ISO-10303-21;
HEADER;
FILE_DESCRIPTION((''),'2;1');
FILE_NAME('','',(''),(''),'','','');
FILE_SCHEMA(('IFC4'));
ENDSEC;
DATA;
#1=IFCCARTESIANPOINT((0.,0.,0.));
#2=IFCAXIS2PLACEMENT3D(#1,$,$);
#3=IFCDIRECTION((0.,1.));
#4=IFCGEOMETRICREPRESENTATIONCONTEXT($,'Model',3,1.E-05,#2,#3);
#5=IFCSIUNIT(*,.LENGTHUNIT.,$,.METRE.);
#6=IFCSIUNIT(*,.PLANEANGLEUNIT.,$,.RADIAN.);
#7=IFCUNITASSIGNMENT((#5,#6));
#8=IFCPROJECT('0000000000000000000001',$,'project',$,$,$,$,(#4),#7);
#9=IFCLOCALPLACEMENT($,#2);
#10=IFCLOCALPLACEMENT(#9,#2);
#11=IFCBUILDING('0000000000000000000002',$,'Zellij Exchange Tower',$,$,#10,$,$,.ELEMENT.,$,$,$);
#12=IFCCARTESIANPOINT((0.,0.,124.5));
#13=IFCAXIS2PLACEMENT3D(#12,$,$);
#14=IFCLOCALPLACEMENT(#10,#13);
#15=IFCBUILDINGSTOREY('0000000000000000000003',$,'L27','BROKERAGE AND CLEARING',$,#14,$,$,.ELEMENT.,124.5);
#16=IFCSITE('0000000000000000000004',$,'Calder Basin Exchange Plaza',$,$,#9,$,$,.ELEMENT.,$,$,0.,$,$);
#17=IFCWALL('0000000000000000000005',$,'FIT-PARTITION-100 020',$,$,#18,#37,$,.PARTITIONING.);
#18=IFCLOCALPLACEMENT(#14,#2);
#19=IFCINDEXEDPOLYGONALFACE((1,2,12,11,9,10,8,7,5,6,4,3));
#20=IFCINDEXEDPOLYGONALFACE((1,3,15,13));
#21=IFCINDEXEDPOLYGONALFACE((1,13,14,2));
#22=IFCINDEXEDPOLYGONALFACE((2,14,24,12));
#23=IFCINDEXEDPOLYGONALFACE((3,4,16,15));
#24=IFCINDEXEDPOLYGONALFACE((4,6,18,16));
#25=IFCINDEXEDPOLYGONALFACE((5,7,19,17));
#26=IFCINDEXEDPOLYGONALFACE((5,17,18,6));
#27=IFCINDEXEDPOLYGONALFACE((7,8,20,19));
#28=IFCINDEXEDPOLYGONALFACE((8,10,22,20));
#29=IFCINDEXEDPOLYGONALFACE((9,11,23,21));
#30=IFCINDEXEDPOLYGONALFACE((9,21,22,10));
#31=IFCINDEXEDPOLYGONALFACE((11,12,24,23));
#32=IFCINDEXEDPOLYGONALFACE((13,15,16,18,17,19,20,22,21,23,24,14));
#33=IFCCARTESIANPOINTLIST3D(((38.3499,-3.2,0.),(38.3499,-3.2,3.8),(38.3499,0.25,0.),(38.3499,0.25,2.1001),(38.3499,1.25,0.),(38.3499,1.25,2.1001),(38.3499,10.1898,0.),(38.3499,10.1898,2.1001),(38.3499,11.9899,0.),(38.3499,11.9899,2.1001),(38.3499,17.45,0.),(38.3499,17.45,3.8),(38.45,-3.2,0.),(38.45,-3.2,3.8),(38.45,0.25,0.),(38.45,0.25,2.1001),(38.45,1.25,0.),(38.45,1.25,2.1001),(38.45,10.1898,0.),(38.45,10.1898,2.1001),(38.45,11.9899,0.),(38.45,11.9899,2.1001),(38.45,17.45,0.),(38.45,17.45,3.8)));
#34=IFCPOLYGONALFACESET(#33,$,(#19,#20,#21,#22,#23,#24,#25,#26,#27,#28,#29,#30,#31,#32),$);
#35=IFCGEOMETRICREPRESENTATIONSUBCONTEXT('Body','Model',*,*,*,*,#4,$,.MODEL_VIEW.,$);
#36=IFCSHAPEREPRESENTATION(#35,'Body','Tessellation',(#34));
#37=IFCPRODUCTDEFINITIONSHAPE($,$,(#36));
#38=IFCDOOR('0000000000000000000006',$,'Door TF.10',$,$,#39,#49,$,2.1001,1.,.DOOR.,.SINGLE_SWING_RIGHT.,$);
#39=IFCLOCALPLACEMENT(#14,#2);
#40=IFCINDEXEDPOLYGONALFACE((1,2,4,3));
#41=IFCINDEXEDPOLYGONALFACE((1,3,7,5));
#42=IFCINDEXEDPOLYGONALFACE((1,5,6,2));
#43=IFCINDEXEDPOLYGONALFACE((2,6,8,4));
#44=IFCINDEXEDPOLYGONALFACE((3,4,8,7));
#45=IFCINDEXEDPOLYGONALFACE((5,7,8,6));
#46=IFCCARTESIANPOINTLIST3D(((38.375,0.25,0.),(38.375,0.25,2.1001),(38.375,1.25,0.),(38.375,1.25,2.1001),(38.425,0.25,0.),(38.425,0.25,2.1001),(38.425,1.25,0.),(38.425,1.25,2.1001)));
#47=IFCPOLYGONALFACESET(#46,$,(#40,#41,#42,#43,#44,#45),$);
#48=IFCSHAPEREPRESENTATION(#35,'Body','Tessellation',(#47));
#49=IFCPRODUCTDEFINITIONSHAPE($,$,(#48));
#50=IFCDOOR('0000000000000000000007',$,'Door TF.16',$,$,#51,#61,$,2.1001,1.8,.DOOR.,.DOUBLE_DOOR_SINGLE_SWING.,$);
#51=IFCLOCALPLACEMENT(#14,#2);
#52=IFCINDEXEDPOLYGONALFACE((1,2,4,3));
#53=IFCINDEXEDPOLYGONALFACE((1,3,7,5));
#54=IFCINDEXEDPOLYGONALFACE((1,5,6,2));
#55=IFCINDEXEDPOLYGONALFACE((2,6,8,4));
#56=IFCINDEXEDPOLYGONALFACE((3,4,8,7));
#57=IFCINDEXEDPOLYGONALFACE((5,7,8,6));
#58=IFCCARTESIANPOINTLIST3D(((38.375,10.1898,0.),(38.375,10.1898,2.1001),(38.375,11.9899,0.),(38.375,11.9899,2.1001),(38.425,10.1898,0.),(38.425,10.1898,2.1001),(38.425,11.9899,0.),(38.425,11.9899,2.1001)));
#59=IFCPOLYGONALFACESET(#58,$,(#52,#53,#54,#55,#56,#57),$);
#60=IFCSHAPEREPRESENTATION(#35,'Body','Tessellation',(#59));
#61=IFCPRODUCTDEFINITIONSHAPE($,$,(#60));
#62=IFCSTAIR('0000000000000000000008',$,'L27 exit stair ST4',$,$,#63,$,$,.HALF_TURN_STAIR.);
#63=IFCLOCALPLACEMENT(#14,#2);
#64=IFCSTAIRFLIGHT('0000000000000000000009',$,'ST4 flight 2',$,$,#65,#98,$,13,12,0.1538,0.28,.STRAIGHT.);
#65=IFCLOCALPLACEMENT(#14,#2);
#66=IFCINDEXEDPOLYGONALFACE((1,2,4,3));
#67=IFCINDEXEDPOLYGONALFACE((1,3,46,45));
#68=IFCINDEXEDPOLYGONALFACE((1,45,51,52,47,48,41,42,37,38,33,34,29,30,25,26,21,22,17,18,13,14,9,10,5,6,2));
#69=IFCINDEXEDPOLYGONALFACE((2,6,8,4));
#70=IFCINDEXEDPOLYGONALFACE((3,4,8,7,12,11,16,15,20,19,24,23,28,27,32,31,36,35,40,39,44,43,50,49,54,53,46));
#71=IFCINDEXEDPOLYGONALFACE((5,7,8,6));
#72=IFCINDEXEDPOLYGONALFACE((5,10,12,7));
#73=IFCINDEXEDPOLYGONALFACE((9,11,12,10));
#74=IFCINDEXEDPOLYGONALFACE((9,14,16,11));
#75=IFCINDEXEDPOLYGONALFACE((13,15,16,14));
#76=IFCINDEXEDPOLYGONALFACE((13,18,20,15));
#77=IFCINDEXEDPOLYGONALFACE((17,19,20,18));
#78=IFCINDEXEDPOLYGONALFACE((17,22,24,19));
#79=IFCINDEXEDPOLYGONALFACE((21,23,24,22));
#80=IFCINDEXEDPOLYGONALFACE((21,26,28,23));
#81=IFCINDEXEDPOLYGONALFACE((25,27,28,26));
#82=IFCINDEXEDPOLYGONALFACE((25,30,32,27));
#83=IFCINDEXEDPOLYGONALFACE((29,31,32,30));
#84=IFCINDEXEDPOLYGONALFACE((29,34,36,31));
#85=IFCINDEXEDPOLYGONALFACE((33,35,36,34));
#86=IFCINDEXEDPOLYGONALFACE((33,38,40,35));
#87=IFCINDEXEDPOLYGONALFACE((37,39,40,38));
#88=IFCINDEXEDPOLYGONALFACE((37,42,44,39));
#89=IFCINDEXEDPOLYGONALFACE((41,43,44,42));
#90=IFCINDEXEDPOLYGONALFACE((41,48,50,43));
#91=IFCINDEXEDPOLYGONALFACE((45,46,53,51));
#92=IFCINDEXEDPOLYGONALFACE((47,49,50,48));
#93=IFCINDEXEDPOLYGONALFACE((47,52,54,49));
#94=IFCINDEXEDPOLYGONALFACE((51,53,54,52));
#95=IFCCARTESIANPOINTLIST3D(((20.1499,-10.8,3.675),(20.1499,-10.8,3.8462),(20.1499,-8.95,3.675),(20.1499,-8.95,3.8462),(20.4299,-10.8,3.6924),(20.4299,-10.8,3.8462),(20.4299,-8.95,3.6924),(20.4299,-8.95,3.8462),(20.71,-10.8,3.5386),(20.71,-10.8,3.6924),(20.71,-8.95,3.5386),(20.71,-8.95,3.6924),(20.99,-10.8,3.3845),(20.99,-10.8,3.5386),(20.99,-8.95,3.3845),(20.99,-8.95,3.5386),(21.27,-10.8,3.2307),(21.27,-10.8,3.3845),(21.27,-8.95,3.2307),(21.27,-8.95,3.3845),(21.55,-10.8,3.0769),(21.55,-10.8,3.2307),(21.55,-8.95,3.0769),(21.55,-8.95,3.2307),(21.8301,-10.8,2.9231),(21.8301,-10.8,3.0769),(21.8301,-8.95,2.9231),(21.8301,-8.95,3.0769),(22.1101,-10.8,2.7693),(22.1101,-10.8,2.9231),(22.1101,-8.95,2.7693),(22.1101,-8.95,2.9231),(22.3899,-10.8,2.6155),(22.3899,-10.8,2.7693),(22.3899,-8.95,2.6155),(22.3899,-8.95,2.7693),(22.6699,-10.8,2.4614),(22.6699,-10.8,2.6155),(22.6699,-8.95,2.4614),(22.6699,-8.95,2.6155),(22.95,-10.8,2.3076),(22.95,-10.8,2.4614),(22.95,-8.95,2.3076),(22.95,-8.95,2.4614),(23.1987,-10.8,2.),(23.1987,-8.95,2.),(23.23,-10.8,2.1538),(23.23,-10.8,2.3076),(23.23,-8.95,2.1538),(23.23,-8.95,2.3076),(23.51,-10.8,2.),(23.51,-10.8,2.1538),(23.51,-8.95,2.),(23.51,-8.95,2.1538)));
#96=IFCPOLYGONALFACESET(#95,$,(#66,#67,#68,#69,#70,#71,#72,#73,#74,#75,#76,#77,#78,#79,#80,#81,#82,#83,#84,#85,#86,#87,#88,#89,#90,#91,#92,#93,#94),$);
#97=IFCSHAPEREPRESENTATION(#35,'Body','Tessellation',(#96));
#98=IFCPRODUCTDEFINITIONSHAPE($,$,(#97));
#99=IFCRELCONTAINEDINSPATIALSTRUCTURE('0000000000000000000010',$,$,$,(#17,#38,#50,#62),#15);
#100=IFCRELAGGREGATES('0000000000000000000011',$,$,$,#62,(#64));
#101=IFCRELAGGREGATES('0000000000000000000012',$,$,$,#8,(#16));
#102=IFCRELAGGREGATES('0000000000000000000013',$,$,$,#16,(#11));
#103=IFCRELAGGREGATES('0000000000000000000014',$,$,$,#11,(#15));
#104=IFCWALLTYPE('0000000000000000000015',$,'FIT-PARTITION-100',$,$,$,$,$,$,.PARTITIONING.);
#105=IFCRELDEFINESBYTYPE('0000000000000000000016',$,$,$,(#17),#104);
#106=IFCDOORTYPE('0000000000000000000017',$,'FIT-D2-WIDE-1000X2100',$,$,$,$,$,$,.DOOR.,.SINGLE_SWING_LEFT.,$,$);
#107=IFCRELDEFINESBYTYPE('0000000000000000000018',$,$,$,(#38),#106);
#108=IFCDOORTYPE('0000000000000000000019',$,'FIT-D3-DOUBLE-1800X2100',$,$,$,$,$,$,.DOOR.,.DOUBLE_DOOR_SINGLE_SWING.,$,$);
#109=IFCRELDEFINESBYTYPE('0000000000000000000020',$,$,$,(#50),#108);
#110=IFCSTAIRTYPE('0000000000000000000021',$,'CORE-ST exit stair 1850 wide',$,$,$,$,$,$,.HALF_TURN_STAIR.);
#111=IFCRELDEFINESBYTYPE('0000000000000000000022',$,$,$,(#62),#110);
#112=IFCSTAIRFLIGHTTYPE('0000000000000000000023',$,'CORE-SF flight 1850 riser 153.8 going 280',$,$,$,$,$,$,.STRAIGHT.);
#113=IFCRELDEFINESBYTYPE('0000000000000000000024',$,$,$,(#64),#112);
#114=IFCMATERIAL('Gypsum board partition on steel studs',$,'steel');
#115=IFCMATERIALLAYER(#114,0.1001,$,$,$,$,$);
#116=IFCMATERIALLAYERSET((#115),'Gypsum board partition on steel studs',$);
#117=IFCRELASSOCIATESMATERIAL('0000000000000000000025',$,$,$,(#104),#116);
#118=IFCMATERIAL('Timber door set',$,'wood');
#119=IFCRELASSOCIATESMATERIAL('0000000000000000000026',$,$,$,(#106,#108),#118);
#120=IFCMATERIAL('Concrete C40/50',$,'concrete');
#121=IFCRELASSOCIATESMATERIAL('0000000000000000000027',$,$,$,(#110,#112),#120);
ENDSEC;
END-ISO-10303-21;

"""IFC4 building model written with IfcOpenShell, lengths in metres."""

from ifc_helpers import new_model, si_unit, direction, frame, frame_2d, origin, place, context, subcontext, project, spatial, polyline, rectangle, outline, extrude, material, layer, layer_set, type_object, element, fill, aggregate, save


model = new_model("IFC4")

# Units and contexts
model_context = context("Model", 3, precision=1e-05, world=origin(), true_north=direction((0.0, 1.0)))
body_context = subcontext(model_context, "Body", "Model", "MODEL_VIEW")
ifc_project = project(units=[si_unit("LENGTHUNIT", "METRE"), si_unit("PLANEANGLEUNIT", "RADIAN")], contexts=[model_context])

# Site, building, storey
site_placement = place(None, origin())
site = spatial("IfcSite", under=ifc_project, at=site_placement, Name="Calder Basin Exchange Plaza", CompositionType="ELEMENT", RefElevation=0.0)
building_placement = place(site_placement, origin())
building = spatial("IfcBuilding", under=site, at=building_placement, Name="Zellij Exchange Tower", CompositionType="ELEMENT")
storey_placement = place(building_placement, frame((0.0, 0.0, 124.5)))
storey = spatial("IfcBuildingStorey", under=building, at=storey_placement, Name="L27", Description="BROKERAGE AND CLEARING", CompositionType="ELEMENT", Elevation=124.5)

# Shared definitions
ifc_material_1 = material(Name="Gypsum board partition on steel studs", Category="steel")
ifc_layer_1 = layer(ifc_material_1, 0.1001)
ifc_layer_set_1 = layer_set([ifc_layer_1], Name="Gypsum board partition on steel studs")
wall_type_1 = type_object("IfcWallType", Name="FIT-PARTITION-100", PredefinedType="PARTITIONING", material=ifc_layer_set_1)

# Wall, openings, doors
wall_1_placement = place(storey_placement, frame((38.3999, -3.2, 0.0), z_axis=(0.0, 0.0, 1.0), x_axis=(0.0, 1.0, 0.0)))
wall_1 = element("IfcWall", 1, at=wall_1_placement, inside=storey, type_object=wall_type_1, Name="FIT-PARTITION-100 020", PredefinedType="PARTITIONING", context=body_context, shape_type="SweptSolid", body=[
    extrude(rectangle(XDim=20.6499, YDim=0.1001, at=frame_2d((10.325, 0.0))), origin(), (0.0, 0.0, 1.0), 3.8),
])
opening_1_placement = place(wall_1_placement, frame((3.45, 0.0, 0.0)))
opening_1 = element("IfcOpeningElement", 2, at=opening_1_placement, cuts=wall_1, PredefinedType="OPENING", context=body_context, shape_type="SweptSolid", body=[
    extrude(rectangle(XDim=1.0, YDim=2.1001, at=frame_2d((0.5, 1.05))), frame((0.0, 0.062, 0.0), z_axis=(0.0, -1.0, 0.0), x_axis=(1.0, 0.0, 0.0)), (0.0, 0.0, 1.0), 0.124),
])
opening_2_placement = place(wall_1_placement, frame((13.3899, 0.0, 0.0)))
opening_2 = element("IfcOpeningElement", 3, at=opening_2_placement, cuts=wall_1, PredefinedType="OPENING", context=body_context, shape_type="SweptSolid", body=[
    extrude(rectangle(XDim=1.8, YDim=2.1001, at=frame_2d((0.8999, 1.05))), frame((0.0, 0.062, 0.0), z_axis=(0.0, -1.0, 0.0), x_axis=(1.0, 0.0, 0.0)), (0.0, 0.0, 1.0), 0.124),
])
ifc_material_2 = material(Name="Timber door set", Category="wood")
door_type_1 = type_object("IfcDoorType", Name="FIT-D2-WIDE-1000X2100", OperationType="SINGLE_SWING_LEFT", PredefinedType="DOOR", material=ifc_material_2)
door_1_placement = place(opening_1_placement, origin())
door_1 = element("IfcDoor", 4, at=door_1_placement, inside=storey, type_object=door_type_1, Name="Door TF.10", OperationType="SINGLE_SWING_RIGHT", OverallHeight=2.1001, OverallWidth=1.0, PredefinedType="DOOR", context=body_context, shape_type="SweptSolid", body=[
    extrude(rectangle(XDim=1.0, YDim=2.1001, at=frame_2d((0.5, 1.05))), frame((0.0, 0.0249, 0.0), z_axis=(0.0, -1.0, 0.0), x_axis=(1.0, 0.0, 0.0)), (0.0, 0.0, 1.0), 0.05),
])
fill(opening_1, door_1)
door_type_2 = type_object("IfcDoorType", Name="FIT-D3-DOUBLE-1800X2100", OperationType="DOUBLE_DOOR_SINGLE_SWING", PredefinedType="DOOR", material=ifc_material_2)
door_2_placement = place(opening_2_placement, origin())
door_2 = element("IfcDoor", 5, at=door_2_placement, inside=storey, type_object=door_type_2, Name="Door TF.16", OperationType="DOUBLE_DOOR_SINGLE_SWING", OverallHeight=2.1001, OverallWidth=1.8, PredefinedType="DOOR", context=body_context, shape_type="SweptSolid", body=[
    extrude(rectangle(XDim=1.8, YDim=2.1001, at=frame_2d((0.8999, 1.05))), frame((0.0, 0.0249, 0.0), z_axis=(0.0, -1.0, 0.0), x_axis=(1.0, 0.0, 0.0)), (0.0, 0.0, 1.0), 0.05),
])
fill(opening_2, door_2)

# Stair, stair flight
ifc_material_3 = material(Name="Concrete C40/50", Category="concrete")
stair_type = type_object("IfcStairType", Name="CORE-ST exit stair 1850 wide", PredefinedType="HALF_TURN_STAIR", material=ifc_material_3)
stair_placement = place(storey_placement, origin())
stair = element("IfcStair", 6, at=stair_placement, inside=storey, type_object=stair_type, Name="L27 exit stair ST4", PredefinedType="HALF_TURN_STAIR")
stair_flight_type = type_object("IfcStairFlightType", Name="CORE-SF flight 1850 riser 153.8 going 280", PredefinedType="STRAIGHT", material=ifc_material_3)
stair_flight_placement = place(storey_placement, frame((23.51, -9.875, 2.0), z_axis=(0.0, 0.0, 1.0), x_axis=(-1.0, 0.0, 0.0)))
stair_flight = element("IfcStairFlight", 7, at=stair_flight_placement, type_object=stair_flight_type, Name="ST4 flight 2", NumberOfRisers=13, NumberOfTreads=12, PredefinedType="STRAIGHT", RiserHeight=0.1538, TreadLength=0.28, context=body_context, shape_type="SweptSolid", body=[
    extrude(outline(polyline([(0.0, 0.0), (0.0, 0.1538), (0.28, 0.1538), (0.28, 0.3076), (0.5601, 0.3076), (0.5601, 0.4614), (0.8401, 0.4614), (0.8401, 0.6155), (1.1201, 0.6155), (1.1201, 0.7693), (1.3999, 0.7693), (1.3999, 0.9231), (1.6799, 0.9231), (1.6799, 1.0769), (1.96, 1.0769), (1.96, 1.2307), (2.24, 1.2307), (2.24, 1.3845), (2.52, 1.3845), (2.52, 1.5386), (2.8, 1.5386), (2.8, 1.6924), (3.0801, 1.6924), (3.0801, 1.8462), (3.3601, 1.8462), (3.3601, 2.0), (3.3601, 1.675), (0.3113, 0.0), (0.0, 0.0)])), frame((0.0, 0.925, 0.0), z_axis=(0.0, -1.0, 0.0), x_axis=(1.0, 0.0, 0.0)), (0.0, 0.0, 1.0), 1.8501),
])
aggregate(stair, [stair_flight])

save(model, "model.ifc")
